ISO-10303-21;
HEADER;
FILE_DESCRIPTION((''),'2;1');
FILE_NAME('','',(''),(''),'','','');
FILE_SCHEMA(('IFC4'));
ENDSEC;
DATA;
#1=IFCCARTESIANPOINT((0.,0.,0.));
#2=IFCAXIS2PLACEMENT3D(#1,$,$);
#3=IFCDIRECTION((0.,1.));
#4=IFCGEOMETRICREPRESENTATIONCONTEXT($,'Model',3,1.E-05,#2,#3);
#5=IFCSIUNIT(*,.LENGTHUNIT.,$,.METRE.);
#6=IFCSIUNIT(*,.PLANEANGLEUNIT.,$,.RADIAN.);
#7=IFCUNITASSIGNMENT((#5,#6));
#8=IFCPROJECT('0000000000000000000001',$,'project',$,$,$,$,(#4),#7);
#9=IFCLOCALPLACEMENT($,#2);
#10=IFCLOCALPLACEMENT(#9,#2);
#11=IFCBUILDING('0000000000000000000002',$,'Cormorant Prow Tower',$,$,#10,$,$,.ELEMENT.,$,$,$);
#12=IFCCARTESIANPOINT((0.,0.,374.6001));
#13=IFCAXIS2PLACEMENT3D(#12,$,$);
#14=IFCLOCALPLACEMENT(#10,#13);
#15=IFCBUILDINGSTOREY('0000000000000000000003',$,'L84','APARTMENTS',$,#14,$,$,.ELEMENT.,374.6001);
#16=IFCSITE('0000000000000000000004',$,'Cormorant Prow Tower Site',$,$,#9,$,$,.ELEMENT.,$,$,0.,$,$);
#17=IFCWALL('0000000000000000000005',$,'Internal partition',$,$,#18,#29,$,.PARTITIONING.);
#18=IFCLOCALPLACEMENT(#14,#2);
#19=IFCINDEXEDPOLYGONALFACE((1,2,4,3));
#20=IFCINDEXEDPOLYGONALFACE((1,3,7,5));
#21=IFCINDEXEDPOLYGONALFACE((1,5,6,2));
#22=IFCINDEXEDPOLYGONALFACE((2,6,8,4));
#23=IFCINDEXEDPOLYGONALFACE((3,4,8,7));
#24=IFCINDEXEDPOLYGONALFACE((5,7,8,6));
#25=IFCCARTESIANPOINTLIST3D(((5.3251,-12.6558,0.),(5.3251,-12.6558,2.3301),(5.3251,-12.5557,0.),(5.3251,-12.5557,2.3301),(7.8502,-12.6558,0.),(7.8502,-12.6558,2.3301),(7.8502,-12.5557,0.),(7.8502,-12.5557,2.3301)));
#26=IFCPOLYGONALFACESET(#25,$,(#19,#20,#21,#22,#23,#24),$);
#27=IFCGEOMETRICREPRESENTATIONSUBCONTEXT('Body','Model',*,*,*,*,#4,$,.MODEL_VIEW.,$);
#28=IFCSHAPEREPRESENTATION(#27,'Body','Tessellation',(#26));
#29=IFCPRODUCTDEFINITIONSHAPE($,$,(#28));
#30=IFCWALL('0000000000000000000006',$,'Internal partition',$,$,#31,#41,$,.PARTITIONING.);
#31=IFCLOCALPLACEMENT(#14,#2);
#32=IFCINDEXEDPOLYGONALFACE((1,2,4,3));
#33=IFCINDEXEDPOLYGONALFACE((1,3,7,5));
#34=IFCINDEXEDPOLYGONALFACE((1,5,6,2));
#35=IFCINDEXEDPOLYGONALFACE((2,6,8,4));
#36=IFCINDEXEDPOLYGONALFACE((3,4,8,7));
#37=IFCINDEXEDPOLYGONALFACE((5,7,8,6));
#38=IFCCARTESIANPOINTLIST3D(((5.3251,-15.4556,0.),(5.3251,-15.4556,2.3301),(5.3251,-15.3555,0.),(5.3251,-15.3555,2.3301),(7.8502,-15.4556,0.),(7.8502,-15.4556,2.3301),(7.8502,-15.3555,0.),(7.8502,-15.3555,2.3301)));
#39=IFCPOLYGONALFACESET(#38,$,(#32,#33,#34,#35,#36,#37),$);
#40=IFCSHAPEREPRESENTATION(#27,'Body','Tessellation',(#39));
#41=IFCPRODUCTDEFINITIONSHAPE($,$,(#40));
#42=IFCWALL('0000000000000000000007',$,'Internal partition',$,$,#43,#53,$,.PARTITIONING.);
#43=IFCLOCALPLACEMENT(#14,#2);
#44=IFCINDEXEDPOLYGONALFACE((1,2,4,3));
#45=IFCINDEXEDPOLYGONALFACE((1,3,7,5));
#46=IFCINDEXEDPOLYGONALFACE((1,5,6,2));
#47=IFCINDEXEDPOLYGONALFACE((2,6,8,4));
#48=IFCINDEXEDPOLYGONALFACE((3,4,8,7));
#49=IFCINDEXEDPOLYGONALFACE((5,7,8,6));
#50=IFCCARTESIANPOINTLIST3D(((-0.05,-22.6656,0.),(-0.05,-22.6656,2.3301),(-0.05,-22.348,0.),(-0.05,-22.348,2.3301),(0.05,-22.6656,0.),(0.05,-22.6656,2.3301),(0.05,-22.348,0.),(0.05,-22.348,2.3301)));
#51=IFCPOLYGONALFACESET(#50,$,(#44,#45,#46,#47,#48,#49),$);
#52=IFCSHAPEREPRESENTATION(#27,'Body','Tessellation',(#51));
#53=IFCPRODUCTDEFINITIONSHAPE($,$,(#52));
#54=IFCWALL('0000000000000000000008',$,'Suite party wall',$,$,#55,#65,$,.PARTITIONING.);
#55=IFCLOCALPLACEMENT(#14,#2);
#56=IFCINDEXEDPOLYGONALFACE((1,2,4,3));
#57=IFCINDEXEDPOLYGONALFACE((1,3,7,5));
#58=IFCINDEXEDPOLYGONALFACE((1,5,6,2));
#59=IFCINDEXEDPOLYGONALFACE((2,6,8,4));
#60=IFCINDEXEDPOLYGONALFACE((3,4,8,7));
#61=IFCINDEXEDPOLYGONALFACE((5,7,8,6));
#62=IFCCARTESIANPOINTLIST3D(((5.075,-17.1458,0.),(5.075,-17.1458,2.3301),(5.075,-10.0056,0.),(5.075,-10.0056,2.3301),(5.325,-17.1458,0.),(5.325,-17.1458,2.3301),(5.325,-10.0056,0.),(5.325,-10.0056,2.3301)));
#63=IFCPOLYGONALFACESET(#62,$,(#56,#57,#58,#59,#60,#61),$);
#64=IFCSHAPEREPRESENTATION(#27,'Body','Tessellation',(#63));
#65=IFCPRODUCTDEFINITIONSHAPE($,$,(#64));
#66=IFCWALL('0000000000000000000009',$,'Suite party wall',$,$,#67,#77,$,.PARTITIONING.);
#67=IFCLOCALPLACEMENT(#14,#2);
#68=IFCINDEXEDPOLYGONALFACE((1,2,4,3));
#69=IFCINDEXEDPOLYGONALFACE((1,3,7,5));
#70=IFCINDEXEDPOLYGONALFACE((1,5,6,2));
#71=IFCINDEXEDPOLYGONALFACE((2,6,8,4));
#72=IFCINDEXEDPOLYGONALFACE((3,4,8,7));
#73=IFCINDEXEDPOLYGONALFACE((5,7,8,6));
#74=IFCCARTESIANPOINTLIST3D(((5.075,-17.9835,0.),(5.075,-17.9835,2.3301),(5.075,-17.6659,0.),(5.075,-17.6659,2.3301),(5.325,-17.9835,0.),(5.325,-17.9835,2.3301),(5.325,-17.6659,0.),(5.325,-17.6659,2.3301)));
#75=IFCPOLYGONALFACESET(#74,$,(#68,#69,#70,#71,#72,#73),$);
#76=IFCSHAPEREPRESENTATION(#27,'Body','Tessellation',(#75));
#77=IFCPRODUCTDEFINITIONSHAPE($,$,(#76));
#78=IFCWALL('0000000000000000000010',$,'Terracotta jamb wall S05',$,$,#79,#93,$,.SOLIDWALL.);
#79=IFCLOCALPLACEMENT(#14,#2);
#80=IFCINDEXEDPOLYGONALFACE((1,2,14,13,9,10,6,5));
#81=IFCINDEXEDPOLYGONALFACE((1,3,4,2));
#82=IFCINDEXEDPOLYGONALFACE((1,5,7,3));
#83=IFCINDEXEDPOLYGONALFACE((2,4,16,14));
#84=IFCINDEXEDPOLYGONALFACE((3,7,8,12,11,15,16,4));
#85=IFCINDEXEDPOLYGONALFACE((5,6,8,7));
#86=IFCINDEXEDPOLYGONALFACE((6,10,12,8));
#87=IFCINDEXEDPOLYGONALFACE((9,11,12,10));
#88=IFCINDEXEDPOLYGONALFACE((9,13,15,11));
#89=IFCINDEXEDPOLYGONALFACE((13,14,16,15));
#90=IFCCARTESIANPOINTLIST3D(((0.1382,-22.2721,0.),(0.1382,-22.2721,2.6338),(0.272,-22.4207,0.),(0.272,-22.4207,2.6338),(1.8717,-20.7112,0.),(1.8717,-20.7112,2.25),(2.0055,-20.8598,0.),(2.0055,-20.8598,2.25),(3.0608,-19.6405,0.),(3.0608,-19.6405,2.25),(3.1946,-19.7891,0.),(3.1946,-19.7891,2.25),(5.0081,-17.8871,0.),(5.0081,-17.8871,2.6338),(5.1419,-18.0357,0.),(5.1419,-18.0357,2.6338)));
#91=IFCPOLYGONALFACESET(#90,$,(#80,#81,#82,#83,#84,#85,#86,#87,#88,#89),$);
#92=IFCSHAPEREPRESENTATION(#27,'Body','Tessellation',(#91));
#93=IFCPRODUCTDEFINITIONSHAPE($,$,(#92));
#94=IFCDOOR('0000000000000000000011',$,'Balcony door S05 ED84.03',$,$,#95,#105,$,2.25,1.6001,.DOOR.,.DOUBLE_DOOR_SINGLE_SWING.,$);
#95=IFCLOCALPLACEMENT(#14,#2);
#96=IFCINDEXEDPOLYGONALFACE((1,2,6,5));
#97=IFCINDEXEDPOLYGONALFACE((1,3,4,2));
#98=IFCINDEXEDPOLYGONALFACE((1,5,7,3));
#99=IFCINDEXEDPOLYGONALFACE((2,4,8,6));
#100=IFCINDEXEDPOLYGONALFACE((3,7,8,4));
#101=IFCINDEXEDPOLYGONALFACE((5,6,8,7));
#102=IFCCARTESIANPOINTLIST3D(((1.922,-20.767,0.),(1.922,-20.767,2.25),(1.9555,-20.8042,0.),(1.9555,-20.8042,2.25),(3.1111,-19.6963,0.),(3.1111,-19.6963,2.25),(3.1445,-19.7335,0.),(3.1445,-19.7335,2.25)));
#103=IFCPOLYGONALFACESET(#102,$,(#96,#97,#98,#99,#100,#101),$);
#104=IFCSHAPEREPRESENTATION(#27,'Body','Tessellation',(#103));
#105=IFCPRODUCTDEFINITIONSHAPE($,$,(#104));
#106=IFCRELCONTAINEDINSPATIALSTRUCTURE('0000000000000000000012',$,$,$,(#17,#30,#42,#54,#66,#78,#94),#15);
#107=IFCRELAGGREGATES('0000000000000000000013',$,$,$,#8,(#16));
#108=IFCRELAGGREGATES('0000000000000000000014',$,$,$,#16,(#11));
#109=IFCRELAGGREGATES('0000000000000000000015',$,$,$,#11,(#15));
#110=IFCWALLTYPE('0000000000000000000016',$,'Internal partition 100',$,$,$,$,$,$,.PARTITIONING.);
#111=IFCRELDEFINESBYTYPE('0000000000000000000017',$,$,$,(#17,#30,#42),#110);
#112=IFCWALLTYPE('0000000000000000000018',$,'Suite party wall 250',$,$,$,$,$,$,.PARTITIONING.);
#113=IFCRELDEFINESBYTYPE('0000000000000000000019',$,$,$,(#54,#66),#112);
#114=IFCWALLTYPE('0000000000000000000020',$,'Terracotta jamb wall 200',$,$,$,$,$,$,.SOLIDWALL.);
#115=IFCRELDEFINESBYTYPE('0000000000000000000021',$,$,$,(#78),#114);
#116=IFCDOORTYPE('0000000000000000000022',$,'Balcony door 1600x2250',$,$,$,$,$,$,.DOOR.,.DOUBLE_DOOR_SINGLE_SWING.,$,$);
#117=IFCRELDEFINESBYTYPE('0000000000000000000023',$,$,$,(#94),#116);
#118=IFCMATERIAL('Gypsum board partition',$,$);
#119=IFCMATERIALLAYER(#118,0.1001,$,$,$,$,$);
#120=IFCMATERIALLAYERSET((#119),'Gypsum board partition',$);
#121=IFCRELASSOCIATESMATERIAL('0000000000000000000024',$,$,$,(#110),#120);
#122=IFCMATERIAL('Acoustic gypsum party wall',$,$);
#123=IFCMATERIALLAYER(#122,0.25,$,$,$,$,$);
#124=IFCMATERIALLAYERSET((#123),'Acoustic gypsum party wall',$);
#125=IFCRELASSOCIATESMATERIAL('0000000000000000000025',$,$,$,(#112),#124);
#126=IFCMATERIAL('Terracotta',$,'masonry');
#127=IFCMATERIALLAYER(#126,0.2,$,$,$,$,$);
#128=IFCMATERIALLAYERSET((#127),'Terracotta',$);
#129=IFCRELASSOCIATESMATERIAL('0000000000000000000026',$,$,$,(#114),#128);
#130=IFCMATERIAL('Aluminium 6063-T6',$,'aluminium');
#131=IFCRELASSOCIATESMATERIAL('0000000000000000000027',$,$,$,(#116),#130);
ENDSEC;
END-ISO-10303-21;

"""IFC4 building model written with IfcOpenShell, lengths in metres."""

from ifc_helpers import new_model, si_unit, direction, frame, frame_2d, origin, place, context, subcontext, project, spatial, rectangle, extrude, material, layer, layer_set, type_object, element, fill, save


model = new_model("IFC4")

# Units and contexts
model_context = context("Model", 3, precision=1e-05, world=origin(), true_north=direction((0.0, 1.0)))
body_context = subcontext(model_context, "Body", "Model", "MODEL_VIEW")
ifc_project = project(units=[si_unit("LENGTHUNIT", "METRE"), si_unit("PLANEANGLEUNIT", "RADIAN")], contexts=[model_context])

# Site, building, storey
site_placement = place(None, origin())
site = spatial("IfcSite", under=ifc_project, at=site_placement, Name="Cormorant Prow Tower Site", CompositionType="ELEMENT", RefElevation=0.0)
building_placement = place(site_placement, origin())
building = spatial("IfcBuilding", under=site, at=building_placement, Name="Cormorant Prow Tower", CompositionType="ELEMENT")
storey_placement = place(building_placement, frame((0.0, 0.0, 374.6001)))
storey = spatial("IfcBuildingStorey", under=building, at=storey_placement, Name="L84", Description="APARTMENTS", CompositionType="ELEMENT", Elevation=374.6001)

# Shared definitions
ifc_material_1 = material(Name="Gypsum board partition")
ifc_layer_1 = layer(ifc_material_1, 0.1001)
ifc_layer_set_1 = layer_set([ifc_layer_1], Name="Gypsum board partition")
wall_type_1 = type_object("IfcWallType", Name="Internal partition 100", PredefinedType="PARTITIONING", material=ifc_layer_set_1)

# Walls
for number, where, z_axis, x_axis, name in (
    (1, (5.325, -12.6057, 0.0), (0.0, 0.0, 1.0), (1.0, 0.0, 0.0), "Internal partition"),
    (2, (5.325, -15.4055, 0.0), (0.0, 0.0, 1.0), (1.0, 0.0, 0.0), "Internal partition"),
):
    element("IfcWall", number, at=place(storey_placement, frame(where, z_axis=z_axis, x_axis=x_axis)), inside=storey, type_object=wall_type_1, Name=name, PredefinedType="PARTITIONING", context=body_context, shape_type="SweptSolid", body=[
        extrude(rectangle(XDim=2.5251, YDim=0.1001, at=frame_2d((1.2627, 0.0))), origin(), (0.0, 0.0, 1.0), 2.3301),
    ])
wall_1_placement = place(storey_placement, frame((0.0, -22.6655, 0.0), z_axis=(0.0, 0.0, 1.0), x_axis=(0.0, 1.0, 0.0)))
element("IfcWall", 3, at=wall_1_placement, inside=storey, type_object=wall_type_1, Name="Internal partition", PredefinedType="PARTITIONING", context=body_context, shape_type="SweptSolid", body=[
    extrude(rectangle(XDim=0.3176, YDim=0.1001, at=frame_2d((0.1587, 0.0))), origin(), (0.0, 0.0, 1.0), 2.3301),
])
ifc_material_2 = material(Name="Acoustic gypsum party wall")
ifc_layer_2 = layer(ifc_material_2, 0.25)
ifc_layer_set_2 = layer_set([ifc_layer_2], Name="Acoustic gypsum party wall")
wall_type_2 = type_object("IfcWallType", Name="Suite party wall 250", PredefinedType="PARTITIONING", material=ifc_layer_set_2)
wall_2_placement = place(storey_placement, frame((5.2, -17.1458, 0.0), z_axis=(0.0, 0.0, 1.0), x_axis=(0.0, 1.0, 0.0)))
element("IfcWall", 4, at=wall_2_placement, inside=storey, type_object=wall_type_2, Name="Suite party wall", PredefinedType="PARTITIONING", context=body_context, shape_type="SweptSolid", body=[
    extrude(rectangle(XDim=7.1401, YDim=0.25, at=frame_2d((3.5701, 0.0))), origin(), (0.0, 0.0, 1.0), 2.3301),
])
wall_3_placement = place(storey_placement, frame((5.2, -17.9834, 0.0), z_axis=(0.0, 0.0, 1.0), x_axis=(0.0, 1.0, 0.0)))
element("IfcWall", 5, at=wall_3_placement, inside=storey, type_object=wall_type_2, Name="Suite party wall", PredefinedType="PARTITIONING", context=body_context, shape_type="SweptSolid", body=[
    extrude(rectangle(XDim=0.3176, YDim=0.25, at=frame_2d((0.1587, 0.0))), origin(), (0.0, 0.0, 1.0), 2.3301),
])

# Wall, opening, door
ifc_material_3 = material(Name="Terracotta", Category="masonry")
ifc_layer_3 = layer(ifc_material_3, 0.2)
ifc_layer_set_3 = layer_set([ifc_layer_3], Name="Terracotta")
wall_type_3 = type_object("IfcWallType", Name="Terracotta jamb wall 200", PredefinedType="SOLIDWALL", material=ifc_layer_set_3)
wall_4_placement = place(storey_placement, frame((0.2051, -22.3464, 0.0), z_axis=(0.0, 0.0, 1.0), x_axis=(0.743133, 0.669144, 0.0)))
wall_4 = element("IfcWall", 6, at=wall_4_placement, inside=storey, type_object=wall_type_3, Name="Terracotta jamb wall S05", PredefinedType="SOLIDWALL", context=body_context, shape_type="SweptSolid", body=[
    extrude(rectangle(XDim=6.5532, YDim=0.2, at=frame_2d((3.2766, 0.0))), origin(), (0.0, 0.0, 1.0), 2.6338),
])
opening_1_placement = place(wall_4_placement, frame((2.3328, 0.0, 0.0)))
opening_1 = element("IfcOpeningElement", 7, at=opening_1_placement, cuts=wall_4, PredefinedType="OPENING", context=body_context, shape_type="SweptSolid", body=[
    extrude(rectangle(XDim=1.6001, YDim=2.25, at=frame_2d((0.8, 1.125))), frame((0.0, 0.1099, 0.0), z_axis=(0.0, -1.0, 0.0), x_axis=(1.0, 0.0, 0.0)), (0.0, 0.0, 1.0), 0.22),
])
ifc_material_4 = material(Name="Aluminium 6063-T6", Category="aluminium")
door_type_1 = type_object("IfcDoorType", Name="Balcony door 1600x2250", OperationType="DOUBLE_DOOR_SINGLE_SWING", PredefinedType="DOOR", material=ifc_material_4)
door_1_placement = place(opening_1_placement, origin())
door_1 = element("IfcDoor", 8, at=door_1_placement, inside=storey, type_object=door_type_1, Name="Balcony door S05 ED84.03", OperationType="DOUBLE_DOOR_SINGLE_SWING", OverallHeight=2.25, OverallWidth=1.6001, PredefinedType="DOOR", context=body_context, shape_type="SweptSolid", body=[
    extrude(rectangle(XDim=1.6001, YDim=2.25, at=frame_2d((0.8, 1.125))), frame((0.0, 0.0249, 0.0), z_axis=(0.0, -1.0, 0.0), x_axis=(1.0, 0.0, 0.0)), (0.0, 0.0, 1.0), 0.05),
])
fill(opening_1, door_1)

save(model, "model.ifc")
